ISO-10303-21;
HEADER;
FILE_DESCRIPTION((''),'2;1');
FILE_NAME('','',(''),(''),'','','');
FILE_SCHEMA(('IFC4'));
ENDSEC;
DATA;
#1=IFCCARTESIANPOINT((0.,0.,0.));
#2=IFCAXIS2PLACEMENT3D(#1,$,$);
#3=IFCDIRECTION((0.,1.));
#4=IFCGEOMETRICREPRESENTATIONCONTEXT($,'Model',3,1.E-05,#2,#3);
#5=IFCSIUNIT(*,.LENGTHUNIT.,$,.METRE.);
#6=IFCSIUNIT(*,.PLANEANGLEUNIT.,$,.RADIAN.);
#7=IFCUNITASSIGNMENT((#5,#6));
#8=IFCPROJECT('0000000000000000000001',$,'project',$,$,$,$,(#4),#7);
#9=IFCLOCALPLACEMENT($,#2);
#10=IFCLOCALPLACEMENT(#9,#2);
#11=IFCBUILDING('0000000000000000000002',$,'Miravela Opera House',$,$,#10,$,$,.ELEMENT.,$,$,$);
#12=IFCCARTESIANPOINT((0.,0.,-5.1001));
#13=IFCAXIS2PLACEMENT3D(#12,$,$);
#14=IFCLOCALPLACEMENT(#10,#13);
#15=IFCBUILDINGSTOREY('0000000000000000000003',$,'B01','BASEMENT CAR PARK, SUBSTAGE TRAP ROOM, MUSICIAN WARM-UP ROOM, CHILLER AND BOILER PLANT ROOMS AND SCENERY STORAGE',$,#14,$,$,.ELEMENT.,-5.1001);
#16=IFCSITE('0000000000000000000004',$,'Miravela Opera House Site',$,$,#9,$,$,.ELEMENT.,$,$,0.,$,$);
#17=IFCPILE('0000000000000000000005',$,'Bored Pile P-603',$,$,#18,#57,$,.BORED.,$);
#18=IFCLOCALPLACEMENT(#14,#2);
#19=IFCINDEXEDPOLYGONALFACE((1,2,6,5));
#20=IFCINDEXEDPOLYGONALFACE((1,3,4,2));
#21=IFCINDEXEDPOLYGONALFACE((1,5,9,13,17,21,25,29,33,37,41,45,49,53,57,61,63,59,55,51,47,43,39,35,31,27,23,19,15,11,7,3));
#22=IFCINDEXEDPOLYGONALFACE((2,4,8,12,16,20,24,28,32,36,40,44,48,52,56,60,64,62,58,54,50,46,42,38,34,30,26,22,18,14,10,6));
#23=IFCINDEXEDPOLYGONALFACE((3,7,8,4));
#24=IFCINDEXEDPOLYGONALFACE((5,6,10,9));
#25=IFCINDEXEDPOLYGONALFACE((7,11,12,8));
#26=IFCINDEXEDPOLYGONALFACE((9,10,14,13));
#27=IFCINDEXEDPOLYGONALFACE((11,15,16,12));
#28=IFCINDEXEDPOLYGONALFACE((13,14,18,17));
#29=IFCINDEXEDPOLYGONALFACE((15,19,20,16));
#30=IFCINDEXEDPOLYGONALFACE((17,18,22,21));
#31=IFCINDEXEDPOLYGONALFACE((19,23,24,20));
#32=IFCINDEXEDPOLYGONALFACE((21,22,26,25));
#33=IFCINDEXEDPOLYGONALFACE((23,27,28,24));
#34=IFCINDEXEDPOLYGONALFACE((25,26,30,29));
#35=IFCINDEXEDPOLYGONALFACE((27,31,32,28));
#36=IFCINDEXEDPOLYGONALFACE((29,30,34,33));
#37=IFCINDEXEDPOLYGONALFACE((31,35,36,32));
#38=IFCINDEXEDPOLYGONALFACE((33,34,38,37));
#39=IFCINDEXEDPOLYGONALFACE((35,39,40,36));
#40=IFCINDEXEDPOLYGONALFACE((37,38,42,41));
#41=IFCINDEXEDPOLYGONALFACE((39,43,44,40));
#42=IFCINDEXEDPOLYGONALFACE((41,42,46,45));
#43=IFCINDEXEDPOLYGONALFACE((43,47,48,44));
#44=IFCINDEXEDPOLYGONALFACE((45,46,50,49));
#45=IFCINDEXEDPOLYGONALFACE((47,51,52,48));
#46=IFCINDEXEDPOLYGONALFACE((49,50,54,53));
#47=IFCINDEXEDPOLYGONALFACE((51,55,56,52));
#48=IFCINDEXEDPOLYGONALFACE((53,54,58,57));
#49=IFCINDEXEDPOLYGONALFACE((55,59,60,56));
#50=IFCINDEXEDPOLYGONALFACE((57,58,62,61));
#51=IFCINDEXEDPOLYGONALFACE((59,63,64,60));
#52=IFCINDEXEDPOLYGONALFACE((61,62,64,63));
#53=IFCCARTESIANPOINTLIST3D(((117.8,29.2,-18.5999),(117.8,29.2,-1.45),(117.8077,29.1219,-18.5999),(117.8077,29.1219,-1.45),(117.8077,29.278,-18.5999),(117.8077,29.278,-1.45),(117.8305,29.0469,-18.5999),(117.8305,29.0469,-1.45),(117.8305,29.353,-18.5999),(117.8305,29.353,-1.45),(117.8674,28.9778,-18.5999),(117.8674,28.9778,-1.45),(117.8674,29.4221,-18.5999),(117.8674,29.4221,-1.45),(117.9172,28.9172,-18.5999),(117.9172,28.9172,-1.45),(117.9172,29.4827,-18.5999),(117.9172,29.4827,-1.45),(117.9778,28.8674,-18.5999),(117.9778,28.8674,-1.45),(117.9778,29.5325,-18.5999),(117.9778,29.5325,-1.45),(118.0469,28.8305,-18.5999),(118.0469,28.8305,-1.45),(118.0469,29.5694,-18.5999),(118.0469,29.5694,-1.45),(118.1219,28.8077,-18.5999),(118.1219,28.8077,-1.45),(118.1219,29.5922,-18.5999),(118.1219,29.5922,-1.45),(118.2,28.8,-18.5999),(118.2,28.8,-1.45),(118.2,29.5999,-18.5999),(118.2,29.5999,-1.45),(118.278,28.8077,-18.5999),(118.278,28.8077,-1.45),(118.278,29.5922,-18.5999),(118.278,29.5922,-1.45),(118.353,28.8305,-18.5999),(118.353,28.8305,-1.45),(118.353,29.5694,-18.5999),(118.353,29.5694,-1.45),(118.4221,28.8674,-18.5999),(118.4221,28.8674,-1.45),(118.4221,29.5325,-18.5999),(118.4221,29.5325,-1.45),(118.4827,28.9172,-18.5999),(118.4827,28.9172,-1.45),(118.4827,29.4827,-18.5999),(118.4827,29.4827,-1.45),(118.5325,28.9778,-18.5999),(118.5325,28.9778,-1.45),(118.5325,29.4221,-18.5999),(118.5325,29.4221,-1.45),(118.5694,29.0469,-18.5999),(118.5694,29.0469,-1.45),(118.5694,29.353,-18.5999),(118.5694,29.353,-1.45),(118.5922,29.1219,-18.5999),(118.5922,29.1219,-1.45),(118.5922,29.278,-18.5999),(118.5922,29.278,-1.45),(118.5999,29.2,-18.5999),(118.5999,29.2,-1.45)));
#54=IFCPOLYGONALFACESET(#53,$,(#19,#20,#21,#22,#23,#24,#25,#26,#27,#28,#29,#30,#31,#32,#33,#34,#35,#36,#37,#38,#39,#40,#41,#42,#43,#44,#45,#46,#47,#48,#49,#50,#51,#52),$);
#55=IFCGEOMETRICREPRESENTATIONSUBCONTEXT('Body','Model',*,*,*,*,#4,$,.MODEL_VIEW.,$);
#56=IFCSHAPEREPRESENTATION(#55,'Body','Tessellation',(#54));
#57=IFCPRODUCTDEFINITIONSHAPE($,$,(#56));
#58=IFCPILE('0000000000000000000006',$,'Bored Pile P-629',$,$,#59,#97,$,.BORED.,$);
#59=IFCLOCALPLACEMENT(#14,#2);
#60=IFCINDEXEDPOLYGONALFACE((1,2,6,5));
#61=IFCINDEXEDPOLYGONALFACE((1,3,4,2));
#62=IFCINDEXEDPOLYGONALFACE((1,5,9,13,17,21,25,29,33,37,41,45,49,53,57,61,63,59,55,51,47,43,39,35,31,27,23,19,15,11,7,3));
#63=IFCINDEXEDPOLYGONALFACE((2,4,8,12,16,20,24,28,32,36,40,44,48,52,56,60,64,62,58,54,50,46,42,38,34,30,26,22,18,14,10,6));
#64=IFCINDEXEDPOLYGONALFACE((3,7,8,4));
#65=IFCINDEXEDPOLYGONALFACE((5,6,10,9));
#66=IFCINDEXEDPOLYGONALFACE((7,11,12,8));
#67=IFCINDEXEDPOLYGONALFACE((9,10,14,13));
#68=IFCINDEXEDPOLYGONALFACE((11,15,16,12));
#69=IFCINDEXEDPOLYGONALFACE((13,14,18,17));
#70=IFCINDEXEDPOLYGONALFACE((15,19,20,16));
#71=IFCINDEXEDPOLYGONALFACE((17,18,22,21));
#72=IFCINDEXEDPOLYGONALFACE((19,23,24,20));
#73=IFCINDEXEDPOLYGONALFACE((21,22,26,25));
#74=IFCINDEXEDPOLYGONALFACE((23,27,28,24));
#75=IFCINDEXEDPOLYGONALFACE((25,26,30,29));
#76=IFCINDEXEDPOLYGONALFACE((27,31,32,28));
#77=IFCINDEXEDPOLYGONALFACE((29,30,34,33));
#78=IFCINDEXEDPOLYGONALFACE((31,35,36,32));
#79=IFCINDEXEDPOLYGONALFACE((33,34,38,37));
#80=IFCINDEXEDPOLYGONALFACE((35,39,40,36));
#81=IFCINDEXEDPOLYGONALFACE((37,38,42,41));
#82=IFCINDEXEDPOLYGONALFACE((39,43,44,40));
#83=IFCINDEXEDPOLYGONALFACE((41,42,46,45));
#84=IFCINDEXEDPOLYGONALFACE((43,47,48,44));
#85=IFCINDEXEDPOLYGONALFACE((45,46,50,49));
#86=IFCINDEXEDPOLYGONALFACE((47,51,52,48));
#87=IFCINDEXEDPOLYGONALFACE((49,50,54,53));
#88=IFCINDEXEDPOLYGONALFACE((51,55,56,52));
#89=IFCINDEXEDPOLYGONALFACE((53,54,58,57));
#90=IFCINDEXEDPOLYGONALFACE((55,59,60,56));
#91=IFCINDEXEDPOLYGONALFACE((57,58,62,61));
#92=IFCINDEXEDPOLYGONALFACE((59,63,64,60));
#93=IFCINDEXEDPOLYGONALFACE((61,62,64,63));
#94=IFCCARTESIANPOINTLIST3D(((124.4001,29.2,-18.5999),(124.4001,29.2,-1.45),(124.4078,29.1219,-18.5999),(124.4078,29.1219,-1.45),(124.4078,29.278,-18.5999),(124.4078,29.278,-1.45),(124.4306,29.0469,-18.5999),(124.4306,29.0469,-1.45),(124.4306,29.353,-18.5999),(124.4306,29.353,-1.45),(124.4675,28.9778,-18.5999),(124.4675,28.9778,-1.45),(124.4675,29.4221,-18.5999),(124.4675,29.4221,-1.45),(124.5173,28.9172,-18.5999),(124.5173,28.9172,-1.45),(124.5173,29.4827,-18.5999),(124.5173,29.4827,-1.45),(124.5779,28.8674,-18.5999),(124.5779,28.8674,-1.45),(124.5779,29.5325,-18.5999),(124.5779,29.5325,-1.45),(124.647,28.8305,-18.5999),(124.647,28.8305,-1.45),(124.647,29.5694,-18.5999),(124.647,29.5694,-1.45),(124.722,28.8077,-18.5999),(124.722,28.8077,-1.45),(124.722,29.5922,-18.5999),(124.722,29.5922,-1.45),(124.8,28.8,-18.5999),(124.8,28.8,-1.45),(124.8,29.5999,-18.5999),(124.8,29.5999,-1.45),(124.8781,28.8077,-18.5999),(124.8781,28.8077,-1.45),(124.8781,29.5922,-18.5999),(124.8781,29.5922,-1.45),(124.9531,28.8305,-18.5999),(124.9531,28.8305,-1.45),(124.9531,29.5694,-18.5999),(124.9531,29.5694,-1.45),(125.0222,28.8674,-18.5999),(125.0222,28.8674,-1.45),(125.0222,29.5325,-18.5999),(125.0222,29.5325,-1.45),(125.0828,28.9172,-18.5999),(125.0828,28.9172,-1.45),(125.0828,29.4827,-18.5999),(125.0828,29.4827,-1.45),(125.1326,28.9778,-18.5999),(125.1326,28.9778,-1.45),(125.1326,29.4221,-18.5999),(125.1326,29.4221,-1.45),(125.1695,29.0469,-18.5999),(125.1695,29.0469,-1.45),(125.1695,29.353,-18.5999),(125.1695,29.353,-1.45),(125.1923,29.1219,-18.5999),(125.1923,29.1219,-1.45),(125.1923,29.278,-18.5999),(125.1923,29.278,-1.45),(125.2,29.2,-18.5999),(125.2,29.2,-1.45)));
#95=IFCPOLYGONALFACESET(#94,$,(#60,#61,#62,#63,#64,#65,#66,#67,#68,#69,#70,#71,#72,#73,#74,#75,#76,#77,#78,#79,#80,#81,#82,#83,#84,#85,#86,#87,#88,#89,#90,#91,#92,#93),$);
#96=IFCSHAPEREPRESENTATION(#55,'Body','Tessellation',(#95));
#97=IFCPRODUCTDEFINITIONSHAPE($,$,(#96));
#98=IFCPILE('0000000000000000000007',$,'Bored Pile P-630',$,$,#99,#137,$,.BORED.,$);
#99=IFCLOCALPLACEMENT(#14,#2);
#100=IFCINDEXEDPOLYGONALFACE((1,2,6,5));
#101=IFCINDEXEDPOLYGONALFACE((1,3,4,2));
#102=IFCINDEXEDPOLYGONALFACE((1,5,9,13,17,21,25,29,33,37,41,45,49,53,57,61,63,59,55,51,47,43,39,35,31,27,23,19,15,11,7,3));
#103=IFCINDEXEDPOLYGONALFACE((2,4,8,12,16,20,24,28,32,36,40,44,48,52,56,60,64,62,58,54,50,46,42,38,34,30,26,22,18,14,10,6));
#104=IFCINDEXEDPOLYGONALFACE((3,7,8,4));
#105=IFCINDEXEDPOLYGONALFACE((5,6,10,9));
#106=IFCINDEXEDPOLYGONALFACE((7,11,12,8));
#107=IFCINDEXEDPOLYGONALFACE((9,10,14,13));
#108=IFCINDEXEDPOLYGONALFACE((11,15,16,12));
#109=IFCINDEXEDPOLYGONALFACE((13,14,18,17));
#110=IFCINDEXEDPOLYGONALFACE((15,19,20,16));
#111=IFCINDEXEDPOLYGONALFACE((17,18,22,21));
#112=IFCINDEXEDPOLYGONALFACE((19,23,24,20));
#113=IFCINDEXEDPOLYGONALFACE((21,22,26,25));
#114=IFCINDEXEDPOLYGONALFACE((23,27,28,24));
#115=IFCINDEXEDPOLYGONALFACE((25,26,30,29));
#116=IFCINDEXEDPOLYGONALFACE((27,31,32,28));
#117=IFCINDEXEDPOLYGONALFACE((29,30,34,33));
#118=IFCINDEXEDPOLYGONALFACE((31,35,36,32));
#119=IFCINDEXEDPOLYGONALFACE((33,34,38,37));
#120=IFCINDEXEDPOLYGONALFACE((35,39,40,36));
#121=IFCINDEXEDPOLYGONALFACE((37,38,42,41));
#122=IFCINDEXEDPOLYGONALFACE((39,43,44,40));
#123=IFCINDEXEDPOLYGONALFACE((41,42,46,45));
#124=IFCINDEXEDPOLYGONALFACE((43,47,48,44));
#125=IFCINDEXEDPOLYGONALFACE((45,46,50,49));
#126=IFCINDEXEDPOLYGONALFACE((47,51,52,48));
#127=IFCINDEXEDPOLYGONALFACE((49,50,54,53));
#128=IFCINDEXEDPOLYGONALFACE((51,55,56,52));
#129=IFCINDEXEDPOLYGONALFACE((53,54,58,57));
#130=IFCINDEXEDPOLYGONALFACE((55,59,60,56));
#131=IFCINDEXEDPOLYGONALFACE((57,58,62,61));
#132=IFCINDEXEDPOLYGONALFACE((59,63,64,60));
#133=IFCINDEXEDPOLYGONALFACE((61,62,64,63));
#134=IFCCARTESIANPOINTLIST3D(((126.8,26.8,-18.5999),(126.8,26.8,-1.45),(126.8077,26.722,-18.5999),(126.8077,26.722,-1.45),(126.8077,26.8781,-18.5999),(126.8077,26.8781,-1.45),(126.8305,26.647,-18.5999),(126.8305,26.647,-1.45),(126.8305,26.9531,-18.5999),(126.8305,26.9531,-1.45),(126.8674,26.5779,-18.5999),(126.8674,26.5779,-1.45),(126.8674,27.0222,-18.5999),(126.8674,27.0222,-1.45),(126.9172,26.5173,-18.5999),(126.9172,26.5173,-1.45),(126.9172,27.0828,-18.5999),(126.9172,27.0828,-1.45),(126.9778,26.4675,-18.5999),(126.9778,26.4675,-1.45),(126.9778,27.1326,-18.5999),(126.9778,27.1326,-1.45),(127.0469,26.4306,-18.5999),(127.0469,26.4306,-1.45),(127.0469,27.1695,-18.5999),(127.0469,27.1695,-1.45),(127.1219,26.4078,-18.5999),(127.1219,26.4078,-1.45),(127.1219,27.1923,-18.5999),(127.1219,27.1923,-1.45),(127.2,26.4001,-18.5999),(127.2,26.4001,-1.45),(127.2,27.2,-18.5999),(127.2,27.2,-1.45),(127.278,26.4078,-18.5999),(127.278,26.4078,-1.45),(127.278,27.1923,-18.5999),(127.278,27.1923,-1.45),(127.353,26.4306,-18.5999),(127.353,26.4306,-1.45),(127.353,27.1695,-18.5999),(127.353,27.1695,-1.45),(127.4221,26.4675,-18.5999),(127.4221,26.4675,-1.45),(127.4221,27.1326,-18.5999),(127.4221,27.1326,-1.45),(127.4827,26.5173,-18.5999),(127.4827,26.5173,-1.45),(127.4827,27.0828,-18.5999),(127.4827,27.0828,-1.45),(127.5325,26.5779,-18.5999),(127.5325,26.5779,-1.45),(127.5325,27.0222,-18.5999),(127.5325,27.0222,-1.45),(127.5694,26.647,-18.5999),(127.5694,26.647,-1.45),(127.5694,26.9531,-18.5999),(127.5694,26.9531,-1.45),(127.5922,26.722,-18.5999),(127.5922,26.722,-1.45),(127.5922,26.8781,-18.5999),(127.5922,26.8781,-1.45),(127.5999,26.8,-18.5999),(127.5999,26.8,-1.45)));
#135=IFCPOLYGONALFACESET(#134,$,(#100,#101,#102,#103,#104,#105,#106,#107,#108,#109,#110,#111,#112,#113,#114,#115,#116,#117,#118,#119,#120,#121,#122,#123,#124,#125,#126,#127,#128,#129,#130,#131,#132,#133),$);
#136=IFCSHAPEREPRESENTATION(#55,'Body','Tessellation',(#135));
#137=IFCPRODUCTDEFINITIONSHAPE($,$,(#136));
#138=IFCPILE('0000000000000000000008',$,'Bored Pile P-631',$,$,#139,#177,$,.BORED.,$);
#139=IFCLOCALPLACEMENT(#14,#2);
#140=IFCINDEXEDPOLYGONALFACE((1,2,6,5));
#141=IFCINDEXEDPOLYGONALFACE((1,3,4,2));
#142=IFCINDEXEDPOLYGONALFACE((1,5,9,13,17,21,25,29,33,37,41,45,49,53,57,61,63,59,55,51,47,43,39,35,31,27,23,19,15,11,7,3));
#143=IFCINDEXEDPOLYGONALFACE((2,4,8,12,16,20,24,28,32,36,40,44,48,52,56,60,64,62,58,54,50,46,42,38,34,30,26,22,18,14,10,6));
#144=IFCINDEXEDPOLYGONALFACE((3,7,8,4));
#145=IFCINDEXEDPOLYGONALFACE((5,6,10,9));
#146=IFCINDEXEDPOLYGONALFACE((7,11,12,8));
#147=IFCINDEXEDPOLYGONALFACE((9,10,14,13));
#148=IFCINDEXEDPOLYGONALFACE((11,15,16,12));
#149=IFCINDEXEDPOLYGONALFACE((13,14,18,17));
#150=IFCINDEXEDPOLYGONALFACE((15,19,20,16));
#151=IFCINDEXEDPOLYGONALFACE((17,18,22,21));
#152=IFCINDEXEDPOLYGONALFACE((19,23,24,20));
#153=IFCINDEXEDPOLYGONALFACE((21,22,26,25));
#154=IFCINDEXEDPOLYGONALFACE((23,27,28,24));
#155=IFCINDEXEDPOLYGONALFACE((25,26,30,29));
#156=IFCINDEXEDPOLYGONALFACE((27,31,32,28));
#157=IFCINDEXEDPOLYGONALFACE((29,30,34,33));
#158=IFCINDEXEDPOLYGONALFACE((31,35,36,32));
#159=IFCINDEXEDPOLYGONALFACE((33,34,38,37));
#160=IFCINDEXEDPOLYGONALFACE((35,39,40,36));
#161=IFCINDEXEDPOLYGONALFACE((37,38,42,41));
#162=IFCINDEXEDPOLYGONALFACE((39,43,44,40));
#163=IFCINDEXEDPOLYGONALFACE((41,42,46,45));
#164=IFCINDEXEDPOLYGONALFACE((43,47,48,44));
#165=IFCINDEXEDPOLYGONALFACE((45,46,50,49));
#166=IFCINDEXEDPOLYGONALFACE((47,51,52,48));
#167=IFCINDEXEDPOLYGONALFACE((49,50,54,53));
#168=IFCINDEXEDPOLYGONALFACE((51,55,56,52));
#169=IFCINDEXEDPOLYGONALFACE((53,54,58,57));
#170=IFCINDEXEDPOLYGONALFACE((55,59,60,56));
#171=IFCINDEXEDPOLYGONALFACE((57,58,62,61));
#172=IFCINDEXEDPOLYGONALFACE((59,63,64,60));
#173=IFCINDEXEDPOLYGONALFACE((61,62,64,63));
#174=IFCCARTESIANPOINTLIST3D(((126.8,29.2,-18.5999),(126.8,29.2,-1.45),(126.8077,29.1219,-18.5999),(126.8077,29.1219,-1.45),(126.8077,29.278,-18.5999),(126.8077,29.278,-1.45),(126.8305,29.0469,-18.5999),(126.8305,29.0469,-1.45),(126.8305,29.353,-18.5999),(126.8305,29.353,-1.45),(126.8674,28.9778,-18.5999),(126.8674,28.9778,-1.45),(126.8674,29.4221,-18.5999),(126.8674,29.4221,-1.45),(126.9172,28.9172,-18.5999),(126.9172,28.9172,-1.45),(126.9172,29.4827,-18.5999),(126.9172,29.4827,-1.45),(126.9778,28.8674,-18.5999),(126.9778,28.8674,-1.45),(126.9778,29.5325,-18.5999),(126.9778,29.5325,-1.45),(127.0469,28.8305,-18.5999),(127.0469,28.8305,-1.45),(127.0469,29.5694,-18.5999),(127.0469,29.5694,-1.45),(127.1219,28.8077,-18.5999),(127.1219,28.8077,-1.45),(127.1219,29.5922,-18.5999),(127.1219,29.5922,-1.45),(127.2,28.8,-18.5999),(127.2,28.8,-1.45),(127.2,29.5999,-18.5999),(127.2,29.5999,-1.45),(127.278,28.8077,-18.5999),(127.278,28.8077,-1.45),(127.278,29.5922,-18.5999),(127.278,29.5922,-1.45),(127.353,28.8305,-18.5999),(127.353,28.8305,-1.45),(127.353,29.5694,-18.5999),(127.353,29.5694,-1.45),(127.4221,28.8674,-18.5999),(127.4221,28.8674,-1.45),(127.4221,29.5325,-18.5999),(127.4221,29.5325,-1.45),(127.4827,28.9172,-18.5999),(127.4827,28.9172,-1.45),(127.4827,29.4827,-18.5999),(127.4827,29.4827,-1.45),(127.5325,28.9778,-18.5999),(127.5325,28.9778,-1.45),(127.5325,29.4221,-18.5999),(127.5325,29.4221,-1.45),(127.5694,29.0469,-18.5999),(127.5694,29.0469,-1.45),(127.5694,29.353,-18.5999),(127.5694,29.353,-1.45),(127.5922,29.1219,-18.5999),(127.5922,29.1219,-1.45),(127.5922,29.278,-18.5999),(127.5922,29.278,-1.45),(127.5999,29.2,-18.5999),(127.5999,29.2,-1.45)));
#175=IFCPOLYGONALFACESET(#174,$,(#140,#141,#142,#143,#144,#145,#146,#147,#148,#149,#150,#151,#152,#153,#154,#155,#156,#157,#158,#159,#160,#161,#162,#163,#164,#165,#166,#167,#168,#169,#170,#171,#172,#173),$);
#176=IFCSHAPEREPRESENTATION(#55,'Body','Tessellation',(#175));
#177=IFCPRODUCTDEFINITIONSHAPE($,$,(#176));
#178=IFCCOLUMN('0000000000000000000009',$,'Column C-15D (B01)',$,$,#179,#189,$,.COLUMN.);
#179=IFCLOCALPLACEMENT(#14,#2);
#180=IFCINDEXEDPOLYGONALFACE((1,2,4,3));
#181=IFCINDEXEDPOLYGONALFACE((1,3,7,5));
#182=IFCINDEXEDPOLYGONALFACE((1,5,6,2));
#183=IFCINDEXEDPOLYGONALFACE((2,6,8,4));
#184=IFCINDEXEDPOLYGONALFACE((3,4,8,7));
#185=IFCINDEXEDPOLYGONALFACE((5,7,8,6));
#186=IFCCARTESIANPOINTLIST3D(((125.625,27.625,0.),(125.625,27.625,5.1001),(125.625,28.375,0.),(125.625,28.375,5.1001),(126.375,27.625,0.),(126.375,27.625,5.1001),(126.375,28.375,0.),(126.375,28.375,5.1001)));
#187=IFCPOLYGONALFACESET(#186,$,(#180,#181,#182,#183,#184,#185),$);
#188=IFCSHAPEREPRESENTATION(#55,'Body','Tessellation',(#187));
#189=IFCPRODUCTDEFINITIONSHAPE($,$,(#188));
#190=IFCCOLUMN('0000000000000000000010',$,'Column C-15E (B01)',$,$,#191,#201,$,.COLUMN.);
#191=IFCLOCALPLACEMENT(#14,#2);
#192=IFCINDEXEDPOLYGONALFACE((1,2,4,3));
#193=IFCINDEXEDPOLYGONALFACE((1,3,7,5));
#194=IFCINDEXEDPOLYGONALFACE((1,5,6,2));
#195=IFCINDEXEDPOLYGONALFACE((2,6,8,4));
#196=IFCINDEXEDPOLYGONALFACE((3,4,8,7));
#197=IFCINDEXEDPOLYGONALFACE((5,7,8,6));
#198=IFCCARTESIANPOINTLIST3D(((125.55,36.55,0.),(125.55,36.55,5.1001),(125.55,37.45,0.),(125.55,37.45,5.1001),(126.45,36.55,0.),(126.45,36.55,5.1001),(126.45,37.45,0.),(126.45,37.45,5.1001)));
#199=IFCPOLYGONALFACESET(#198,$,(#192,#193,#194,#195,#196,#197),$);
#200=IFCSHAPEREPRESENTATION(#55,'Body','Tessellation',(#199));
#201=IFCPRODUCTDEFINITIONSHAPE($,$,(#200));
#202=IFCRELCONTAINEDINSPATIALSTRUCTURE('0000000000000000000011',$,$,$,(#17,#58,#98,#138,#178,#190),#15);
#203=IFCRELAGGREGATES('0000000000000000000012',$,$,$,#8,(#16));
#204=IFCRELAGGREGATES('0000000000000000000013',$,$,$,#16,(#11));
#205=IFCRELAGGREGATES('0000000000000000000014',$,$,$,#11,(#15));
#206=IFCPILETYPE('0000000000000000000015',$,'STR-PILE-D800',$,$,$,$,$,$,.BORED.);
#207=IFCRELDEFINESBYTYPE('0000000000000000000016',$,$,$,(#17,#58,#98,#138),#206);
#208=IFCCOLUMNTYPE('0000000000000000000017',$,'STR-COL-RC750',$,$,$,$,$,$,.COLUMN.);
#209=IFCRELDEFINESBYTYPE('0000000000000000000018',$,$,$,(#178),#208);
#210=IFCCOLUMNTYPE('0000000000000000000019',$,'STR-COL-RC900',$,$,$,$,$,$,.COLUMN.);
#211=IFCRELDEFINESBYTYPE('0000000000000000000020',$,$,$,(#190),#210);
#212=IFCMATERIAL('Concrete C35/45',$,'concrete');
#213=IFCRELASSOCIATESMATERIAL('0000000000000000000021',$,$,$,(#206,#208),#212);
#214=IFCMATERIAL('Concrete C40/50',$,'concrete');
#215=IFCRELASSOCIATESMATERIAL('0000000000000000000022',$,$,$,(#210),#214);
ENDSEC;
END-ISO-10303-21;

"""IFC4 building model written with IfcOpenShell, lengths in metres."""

from ifc_helpers import new_model, si_unit, direction, frame, origin, origin_2d, place, context, subcontext, project, spatial, rectangle, circle, extrude, material, material_profile, profile_set, type_object, element, save


model = new_model("IFC4")

# Units and contexts
model_context = context("Model", 3, precision=1e-05, world=origin(), true_north=direction((0.0, 1.0)))
body_context = subcontext(model_context, "Body", "Model", "MODEL_VIEW")
ifc_project = project(units=[si_unit("LENGTHUNIT", "METRE"), si_unit("PLANEANGLEUNIT", "RADIAN")], contexts=[model_context])

# Site, building, storey
site_placement = place(None, origin())
site = spatial("IfcSite", under=ifc_project, at=site_placement, Name="Miravela Opera House Site", CompositionType="ELEMENT", RefElevation=0.0)
building_placement = place(site_placement, origin())
building = spatial("IfcBuilding", under=site, at=building_placement, Name="Miravela Opera House", CompositionType="ELEMENT")
storey_placement = place(building_placement, frame((0.0, 0.0, -5.1001)))
storey = spatial("IfcBuildingStorey", under=building, at=storey_placement, Name="B01", Description="BASEMENT CAR PARK, SUBSTAGE TRAP ROOM, MUSICIAN WARM-UP ROOM, CHILLER AND BOILER PLANT ROOMS AND SCENERY STORAGE", CompositionType="ELEMENT", Elevation=-5.1001)

# Shared definitions
ifc_material_1 = material(Name="Concrete C35/45", Category="concrete")

# Piles
ifc_material_profile_1 = material_profile(ifc_material_1, circle(Radius=0.3999, at=origin_2d()), Name="PILE-D800")
ifc_profile_set_1 = profile_set([ifc_material_profile_1])
pile_type_1 = type_object("IfcPileType", Name="STR-PILE-D800", PredefinedType="BORED", material=ifc_profile_set_1)
for number, where, z_axis, x_axis, name in (
    (1, (118.2, 29.2, -1.45), (0.0, 0.0, -1.0), (1.0, 0.0, 0.0), "Bored Pile P-603"),
    (2, (124.8, 29.2, -1.45), (0.0, 0.0, -1.0), (1.0, 0.0, 0.0), "Bored Pile P-629"),
    (3, (127.2, 26.8, -1.45), (0.0, 0.0, -1.0), (1.0, 0.0, 0.0), "Bored Pile P-630"),
    (4, (127.2, 29.2, -1.45), (0.0, 0.0, -1.0), (1.0, 0.0, 0.0), "Bored Pile P-631"),
):
    element("IfcPile", number, at=place(storey_placement, frame(where, z_axis=z_axis, x_axis=x_axis)), inside=storey, type_object=pile_type_1, Name=name, PredefinedType="BORED", context=body_context, shape_type="SweptSolid", body=[
        extrude(circle(Radius=0.3999, at=origin_2d()), origin(), (0.0, 0.0, 1.0), 17.1499),
    ])

# Columns
ifc_material_profile_2 = material_profile(ifc_material_1, rectangle(XDim=0.75, YDim=0.75, at=origin_2d()), Name="RC-COL-750X750")
ifc_profile_set_2 = profile_set([ifc_material_profile_2])
column_type_1 = type_object("IfcColumnType", Name="STR-COL-RC750", PredefinedType="COLUMN", material=ifc_profile_set_2)
column_1_placement = place(storey_placement, frame((126.0, 28.0, 0.0), z_axis=(0.0, 0.0, 1.0), x_axis=(1.0, 0.0, 0.0)))
element("IfcColumn", 5, at=column_1_placement, inside=storey, type_object=column_type_1, Name="Column C-15D (B01)", PredefinedType="COLUMN", context=body_context, shape_type="SweptSolid", body=[
    extrude(rectangle(XDim=0.75, YDim=0.75, at=origin_2d()), origin(), (0.0, 0.0, 1.0), 5.1001),
])
ifc_material_2 = material(Name="Concrete C40/50", Category="concrete")
ifc_material_profile_3 = material_profile(ifc_material_2, rectangle(XDim=0.8999, YDim=0.8999, at=origin_2d()), Name="RC-COL-900X900")
ifc_profile_set_3 = profile_set([ifc_material_profile_3])
column_type_2 = type_object("IfcColumnType", Name="STR-COL-RC900", PredefinedType="COLUMN", material=ifc_profile_set_3)
column_2_placement = place(storey_placement, frame((126.0, 37.0, 0.0), z_axis=(0.0, 0.0, 1.0), x_axis=(1.0, 0.0, 0.0)))
element("IfcColumn", 6, at=column_2_placement, inside=storey, type_object=column_type_2, Name="Column C-15E (B01)", PredefinedType="COLUMN", context=body_context, shape_type="SweptSolid", body=[
    extrude(rectangle(XDim=0.8999, YDim=0.8999, at=origin_2d()), origin(), (0.0, 0.0, 1.0), 5.1001),
])

save(model, "model.ifc")
